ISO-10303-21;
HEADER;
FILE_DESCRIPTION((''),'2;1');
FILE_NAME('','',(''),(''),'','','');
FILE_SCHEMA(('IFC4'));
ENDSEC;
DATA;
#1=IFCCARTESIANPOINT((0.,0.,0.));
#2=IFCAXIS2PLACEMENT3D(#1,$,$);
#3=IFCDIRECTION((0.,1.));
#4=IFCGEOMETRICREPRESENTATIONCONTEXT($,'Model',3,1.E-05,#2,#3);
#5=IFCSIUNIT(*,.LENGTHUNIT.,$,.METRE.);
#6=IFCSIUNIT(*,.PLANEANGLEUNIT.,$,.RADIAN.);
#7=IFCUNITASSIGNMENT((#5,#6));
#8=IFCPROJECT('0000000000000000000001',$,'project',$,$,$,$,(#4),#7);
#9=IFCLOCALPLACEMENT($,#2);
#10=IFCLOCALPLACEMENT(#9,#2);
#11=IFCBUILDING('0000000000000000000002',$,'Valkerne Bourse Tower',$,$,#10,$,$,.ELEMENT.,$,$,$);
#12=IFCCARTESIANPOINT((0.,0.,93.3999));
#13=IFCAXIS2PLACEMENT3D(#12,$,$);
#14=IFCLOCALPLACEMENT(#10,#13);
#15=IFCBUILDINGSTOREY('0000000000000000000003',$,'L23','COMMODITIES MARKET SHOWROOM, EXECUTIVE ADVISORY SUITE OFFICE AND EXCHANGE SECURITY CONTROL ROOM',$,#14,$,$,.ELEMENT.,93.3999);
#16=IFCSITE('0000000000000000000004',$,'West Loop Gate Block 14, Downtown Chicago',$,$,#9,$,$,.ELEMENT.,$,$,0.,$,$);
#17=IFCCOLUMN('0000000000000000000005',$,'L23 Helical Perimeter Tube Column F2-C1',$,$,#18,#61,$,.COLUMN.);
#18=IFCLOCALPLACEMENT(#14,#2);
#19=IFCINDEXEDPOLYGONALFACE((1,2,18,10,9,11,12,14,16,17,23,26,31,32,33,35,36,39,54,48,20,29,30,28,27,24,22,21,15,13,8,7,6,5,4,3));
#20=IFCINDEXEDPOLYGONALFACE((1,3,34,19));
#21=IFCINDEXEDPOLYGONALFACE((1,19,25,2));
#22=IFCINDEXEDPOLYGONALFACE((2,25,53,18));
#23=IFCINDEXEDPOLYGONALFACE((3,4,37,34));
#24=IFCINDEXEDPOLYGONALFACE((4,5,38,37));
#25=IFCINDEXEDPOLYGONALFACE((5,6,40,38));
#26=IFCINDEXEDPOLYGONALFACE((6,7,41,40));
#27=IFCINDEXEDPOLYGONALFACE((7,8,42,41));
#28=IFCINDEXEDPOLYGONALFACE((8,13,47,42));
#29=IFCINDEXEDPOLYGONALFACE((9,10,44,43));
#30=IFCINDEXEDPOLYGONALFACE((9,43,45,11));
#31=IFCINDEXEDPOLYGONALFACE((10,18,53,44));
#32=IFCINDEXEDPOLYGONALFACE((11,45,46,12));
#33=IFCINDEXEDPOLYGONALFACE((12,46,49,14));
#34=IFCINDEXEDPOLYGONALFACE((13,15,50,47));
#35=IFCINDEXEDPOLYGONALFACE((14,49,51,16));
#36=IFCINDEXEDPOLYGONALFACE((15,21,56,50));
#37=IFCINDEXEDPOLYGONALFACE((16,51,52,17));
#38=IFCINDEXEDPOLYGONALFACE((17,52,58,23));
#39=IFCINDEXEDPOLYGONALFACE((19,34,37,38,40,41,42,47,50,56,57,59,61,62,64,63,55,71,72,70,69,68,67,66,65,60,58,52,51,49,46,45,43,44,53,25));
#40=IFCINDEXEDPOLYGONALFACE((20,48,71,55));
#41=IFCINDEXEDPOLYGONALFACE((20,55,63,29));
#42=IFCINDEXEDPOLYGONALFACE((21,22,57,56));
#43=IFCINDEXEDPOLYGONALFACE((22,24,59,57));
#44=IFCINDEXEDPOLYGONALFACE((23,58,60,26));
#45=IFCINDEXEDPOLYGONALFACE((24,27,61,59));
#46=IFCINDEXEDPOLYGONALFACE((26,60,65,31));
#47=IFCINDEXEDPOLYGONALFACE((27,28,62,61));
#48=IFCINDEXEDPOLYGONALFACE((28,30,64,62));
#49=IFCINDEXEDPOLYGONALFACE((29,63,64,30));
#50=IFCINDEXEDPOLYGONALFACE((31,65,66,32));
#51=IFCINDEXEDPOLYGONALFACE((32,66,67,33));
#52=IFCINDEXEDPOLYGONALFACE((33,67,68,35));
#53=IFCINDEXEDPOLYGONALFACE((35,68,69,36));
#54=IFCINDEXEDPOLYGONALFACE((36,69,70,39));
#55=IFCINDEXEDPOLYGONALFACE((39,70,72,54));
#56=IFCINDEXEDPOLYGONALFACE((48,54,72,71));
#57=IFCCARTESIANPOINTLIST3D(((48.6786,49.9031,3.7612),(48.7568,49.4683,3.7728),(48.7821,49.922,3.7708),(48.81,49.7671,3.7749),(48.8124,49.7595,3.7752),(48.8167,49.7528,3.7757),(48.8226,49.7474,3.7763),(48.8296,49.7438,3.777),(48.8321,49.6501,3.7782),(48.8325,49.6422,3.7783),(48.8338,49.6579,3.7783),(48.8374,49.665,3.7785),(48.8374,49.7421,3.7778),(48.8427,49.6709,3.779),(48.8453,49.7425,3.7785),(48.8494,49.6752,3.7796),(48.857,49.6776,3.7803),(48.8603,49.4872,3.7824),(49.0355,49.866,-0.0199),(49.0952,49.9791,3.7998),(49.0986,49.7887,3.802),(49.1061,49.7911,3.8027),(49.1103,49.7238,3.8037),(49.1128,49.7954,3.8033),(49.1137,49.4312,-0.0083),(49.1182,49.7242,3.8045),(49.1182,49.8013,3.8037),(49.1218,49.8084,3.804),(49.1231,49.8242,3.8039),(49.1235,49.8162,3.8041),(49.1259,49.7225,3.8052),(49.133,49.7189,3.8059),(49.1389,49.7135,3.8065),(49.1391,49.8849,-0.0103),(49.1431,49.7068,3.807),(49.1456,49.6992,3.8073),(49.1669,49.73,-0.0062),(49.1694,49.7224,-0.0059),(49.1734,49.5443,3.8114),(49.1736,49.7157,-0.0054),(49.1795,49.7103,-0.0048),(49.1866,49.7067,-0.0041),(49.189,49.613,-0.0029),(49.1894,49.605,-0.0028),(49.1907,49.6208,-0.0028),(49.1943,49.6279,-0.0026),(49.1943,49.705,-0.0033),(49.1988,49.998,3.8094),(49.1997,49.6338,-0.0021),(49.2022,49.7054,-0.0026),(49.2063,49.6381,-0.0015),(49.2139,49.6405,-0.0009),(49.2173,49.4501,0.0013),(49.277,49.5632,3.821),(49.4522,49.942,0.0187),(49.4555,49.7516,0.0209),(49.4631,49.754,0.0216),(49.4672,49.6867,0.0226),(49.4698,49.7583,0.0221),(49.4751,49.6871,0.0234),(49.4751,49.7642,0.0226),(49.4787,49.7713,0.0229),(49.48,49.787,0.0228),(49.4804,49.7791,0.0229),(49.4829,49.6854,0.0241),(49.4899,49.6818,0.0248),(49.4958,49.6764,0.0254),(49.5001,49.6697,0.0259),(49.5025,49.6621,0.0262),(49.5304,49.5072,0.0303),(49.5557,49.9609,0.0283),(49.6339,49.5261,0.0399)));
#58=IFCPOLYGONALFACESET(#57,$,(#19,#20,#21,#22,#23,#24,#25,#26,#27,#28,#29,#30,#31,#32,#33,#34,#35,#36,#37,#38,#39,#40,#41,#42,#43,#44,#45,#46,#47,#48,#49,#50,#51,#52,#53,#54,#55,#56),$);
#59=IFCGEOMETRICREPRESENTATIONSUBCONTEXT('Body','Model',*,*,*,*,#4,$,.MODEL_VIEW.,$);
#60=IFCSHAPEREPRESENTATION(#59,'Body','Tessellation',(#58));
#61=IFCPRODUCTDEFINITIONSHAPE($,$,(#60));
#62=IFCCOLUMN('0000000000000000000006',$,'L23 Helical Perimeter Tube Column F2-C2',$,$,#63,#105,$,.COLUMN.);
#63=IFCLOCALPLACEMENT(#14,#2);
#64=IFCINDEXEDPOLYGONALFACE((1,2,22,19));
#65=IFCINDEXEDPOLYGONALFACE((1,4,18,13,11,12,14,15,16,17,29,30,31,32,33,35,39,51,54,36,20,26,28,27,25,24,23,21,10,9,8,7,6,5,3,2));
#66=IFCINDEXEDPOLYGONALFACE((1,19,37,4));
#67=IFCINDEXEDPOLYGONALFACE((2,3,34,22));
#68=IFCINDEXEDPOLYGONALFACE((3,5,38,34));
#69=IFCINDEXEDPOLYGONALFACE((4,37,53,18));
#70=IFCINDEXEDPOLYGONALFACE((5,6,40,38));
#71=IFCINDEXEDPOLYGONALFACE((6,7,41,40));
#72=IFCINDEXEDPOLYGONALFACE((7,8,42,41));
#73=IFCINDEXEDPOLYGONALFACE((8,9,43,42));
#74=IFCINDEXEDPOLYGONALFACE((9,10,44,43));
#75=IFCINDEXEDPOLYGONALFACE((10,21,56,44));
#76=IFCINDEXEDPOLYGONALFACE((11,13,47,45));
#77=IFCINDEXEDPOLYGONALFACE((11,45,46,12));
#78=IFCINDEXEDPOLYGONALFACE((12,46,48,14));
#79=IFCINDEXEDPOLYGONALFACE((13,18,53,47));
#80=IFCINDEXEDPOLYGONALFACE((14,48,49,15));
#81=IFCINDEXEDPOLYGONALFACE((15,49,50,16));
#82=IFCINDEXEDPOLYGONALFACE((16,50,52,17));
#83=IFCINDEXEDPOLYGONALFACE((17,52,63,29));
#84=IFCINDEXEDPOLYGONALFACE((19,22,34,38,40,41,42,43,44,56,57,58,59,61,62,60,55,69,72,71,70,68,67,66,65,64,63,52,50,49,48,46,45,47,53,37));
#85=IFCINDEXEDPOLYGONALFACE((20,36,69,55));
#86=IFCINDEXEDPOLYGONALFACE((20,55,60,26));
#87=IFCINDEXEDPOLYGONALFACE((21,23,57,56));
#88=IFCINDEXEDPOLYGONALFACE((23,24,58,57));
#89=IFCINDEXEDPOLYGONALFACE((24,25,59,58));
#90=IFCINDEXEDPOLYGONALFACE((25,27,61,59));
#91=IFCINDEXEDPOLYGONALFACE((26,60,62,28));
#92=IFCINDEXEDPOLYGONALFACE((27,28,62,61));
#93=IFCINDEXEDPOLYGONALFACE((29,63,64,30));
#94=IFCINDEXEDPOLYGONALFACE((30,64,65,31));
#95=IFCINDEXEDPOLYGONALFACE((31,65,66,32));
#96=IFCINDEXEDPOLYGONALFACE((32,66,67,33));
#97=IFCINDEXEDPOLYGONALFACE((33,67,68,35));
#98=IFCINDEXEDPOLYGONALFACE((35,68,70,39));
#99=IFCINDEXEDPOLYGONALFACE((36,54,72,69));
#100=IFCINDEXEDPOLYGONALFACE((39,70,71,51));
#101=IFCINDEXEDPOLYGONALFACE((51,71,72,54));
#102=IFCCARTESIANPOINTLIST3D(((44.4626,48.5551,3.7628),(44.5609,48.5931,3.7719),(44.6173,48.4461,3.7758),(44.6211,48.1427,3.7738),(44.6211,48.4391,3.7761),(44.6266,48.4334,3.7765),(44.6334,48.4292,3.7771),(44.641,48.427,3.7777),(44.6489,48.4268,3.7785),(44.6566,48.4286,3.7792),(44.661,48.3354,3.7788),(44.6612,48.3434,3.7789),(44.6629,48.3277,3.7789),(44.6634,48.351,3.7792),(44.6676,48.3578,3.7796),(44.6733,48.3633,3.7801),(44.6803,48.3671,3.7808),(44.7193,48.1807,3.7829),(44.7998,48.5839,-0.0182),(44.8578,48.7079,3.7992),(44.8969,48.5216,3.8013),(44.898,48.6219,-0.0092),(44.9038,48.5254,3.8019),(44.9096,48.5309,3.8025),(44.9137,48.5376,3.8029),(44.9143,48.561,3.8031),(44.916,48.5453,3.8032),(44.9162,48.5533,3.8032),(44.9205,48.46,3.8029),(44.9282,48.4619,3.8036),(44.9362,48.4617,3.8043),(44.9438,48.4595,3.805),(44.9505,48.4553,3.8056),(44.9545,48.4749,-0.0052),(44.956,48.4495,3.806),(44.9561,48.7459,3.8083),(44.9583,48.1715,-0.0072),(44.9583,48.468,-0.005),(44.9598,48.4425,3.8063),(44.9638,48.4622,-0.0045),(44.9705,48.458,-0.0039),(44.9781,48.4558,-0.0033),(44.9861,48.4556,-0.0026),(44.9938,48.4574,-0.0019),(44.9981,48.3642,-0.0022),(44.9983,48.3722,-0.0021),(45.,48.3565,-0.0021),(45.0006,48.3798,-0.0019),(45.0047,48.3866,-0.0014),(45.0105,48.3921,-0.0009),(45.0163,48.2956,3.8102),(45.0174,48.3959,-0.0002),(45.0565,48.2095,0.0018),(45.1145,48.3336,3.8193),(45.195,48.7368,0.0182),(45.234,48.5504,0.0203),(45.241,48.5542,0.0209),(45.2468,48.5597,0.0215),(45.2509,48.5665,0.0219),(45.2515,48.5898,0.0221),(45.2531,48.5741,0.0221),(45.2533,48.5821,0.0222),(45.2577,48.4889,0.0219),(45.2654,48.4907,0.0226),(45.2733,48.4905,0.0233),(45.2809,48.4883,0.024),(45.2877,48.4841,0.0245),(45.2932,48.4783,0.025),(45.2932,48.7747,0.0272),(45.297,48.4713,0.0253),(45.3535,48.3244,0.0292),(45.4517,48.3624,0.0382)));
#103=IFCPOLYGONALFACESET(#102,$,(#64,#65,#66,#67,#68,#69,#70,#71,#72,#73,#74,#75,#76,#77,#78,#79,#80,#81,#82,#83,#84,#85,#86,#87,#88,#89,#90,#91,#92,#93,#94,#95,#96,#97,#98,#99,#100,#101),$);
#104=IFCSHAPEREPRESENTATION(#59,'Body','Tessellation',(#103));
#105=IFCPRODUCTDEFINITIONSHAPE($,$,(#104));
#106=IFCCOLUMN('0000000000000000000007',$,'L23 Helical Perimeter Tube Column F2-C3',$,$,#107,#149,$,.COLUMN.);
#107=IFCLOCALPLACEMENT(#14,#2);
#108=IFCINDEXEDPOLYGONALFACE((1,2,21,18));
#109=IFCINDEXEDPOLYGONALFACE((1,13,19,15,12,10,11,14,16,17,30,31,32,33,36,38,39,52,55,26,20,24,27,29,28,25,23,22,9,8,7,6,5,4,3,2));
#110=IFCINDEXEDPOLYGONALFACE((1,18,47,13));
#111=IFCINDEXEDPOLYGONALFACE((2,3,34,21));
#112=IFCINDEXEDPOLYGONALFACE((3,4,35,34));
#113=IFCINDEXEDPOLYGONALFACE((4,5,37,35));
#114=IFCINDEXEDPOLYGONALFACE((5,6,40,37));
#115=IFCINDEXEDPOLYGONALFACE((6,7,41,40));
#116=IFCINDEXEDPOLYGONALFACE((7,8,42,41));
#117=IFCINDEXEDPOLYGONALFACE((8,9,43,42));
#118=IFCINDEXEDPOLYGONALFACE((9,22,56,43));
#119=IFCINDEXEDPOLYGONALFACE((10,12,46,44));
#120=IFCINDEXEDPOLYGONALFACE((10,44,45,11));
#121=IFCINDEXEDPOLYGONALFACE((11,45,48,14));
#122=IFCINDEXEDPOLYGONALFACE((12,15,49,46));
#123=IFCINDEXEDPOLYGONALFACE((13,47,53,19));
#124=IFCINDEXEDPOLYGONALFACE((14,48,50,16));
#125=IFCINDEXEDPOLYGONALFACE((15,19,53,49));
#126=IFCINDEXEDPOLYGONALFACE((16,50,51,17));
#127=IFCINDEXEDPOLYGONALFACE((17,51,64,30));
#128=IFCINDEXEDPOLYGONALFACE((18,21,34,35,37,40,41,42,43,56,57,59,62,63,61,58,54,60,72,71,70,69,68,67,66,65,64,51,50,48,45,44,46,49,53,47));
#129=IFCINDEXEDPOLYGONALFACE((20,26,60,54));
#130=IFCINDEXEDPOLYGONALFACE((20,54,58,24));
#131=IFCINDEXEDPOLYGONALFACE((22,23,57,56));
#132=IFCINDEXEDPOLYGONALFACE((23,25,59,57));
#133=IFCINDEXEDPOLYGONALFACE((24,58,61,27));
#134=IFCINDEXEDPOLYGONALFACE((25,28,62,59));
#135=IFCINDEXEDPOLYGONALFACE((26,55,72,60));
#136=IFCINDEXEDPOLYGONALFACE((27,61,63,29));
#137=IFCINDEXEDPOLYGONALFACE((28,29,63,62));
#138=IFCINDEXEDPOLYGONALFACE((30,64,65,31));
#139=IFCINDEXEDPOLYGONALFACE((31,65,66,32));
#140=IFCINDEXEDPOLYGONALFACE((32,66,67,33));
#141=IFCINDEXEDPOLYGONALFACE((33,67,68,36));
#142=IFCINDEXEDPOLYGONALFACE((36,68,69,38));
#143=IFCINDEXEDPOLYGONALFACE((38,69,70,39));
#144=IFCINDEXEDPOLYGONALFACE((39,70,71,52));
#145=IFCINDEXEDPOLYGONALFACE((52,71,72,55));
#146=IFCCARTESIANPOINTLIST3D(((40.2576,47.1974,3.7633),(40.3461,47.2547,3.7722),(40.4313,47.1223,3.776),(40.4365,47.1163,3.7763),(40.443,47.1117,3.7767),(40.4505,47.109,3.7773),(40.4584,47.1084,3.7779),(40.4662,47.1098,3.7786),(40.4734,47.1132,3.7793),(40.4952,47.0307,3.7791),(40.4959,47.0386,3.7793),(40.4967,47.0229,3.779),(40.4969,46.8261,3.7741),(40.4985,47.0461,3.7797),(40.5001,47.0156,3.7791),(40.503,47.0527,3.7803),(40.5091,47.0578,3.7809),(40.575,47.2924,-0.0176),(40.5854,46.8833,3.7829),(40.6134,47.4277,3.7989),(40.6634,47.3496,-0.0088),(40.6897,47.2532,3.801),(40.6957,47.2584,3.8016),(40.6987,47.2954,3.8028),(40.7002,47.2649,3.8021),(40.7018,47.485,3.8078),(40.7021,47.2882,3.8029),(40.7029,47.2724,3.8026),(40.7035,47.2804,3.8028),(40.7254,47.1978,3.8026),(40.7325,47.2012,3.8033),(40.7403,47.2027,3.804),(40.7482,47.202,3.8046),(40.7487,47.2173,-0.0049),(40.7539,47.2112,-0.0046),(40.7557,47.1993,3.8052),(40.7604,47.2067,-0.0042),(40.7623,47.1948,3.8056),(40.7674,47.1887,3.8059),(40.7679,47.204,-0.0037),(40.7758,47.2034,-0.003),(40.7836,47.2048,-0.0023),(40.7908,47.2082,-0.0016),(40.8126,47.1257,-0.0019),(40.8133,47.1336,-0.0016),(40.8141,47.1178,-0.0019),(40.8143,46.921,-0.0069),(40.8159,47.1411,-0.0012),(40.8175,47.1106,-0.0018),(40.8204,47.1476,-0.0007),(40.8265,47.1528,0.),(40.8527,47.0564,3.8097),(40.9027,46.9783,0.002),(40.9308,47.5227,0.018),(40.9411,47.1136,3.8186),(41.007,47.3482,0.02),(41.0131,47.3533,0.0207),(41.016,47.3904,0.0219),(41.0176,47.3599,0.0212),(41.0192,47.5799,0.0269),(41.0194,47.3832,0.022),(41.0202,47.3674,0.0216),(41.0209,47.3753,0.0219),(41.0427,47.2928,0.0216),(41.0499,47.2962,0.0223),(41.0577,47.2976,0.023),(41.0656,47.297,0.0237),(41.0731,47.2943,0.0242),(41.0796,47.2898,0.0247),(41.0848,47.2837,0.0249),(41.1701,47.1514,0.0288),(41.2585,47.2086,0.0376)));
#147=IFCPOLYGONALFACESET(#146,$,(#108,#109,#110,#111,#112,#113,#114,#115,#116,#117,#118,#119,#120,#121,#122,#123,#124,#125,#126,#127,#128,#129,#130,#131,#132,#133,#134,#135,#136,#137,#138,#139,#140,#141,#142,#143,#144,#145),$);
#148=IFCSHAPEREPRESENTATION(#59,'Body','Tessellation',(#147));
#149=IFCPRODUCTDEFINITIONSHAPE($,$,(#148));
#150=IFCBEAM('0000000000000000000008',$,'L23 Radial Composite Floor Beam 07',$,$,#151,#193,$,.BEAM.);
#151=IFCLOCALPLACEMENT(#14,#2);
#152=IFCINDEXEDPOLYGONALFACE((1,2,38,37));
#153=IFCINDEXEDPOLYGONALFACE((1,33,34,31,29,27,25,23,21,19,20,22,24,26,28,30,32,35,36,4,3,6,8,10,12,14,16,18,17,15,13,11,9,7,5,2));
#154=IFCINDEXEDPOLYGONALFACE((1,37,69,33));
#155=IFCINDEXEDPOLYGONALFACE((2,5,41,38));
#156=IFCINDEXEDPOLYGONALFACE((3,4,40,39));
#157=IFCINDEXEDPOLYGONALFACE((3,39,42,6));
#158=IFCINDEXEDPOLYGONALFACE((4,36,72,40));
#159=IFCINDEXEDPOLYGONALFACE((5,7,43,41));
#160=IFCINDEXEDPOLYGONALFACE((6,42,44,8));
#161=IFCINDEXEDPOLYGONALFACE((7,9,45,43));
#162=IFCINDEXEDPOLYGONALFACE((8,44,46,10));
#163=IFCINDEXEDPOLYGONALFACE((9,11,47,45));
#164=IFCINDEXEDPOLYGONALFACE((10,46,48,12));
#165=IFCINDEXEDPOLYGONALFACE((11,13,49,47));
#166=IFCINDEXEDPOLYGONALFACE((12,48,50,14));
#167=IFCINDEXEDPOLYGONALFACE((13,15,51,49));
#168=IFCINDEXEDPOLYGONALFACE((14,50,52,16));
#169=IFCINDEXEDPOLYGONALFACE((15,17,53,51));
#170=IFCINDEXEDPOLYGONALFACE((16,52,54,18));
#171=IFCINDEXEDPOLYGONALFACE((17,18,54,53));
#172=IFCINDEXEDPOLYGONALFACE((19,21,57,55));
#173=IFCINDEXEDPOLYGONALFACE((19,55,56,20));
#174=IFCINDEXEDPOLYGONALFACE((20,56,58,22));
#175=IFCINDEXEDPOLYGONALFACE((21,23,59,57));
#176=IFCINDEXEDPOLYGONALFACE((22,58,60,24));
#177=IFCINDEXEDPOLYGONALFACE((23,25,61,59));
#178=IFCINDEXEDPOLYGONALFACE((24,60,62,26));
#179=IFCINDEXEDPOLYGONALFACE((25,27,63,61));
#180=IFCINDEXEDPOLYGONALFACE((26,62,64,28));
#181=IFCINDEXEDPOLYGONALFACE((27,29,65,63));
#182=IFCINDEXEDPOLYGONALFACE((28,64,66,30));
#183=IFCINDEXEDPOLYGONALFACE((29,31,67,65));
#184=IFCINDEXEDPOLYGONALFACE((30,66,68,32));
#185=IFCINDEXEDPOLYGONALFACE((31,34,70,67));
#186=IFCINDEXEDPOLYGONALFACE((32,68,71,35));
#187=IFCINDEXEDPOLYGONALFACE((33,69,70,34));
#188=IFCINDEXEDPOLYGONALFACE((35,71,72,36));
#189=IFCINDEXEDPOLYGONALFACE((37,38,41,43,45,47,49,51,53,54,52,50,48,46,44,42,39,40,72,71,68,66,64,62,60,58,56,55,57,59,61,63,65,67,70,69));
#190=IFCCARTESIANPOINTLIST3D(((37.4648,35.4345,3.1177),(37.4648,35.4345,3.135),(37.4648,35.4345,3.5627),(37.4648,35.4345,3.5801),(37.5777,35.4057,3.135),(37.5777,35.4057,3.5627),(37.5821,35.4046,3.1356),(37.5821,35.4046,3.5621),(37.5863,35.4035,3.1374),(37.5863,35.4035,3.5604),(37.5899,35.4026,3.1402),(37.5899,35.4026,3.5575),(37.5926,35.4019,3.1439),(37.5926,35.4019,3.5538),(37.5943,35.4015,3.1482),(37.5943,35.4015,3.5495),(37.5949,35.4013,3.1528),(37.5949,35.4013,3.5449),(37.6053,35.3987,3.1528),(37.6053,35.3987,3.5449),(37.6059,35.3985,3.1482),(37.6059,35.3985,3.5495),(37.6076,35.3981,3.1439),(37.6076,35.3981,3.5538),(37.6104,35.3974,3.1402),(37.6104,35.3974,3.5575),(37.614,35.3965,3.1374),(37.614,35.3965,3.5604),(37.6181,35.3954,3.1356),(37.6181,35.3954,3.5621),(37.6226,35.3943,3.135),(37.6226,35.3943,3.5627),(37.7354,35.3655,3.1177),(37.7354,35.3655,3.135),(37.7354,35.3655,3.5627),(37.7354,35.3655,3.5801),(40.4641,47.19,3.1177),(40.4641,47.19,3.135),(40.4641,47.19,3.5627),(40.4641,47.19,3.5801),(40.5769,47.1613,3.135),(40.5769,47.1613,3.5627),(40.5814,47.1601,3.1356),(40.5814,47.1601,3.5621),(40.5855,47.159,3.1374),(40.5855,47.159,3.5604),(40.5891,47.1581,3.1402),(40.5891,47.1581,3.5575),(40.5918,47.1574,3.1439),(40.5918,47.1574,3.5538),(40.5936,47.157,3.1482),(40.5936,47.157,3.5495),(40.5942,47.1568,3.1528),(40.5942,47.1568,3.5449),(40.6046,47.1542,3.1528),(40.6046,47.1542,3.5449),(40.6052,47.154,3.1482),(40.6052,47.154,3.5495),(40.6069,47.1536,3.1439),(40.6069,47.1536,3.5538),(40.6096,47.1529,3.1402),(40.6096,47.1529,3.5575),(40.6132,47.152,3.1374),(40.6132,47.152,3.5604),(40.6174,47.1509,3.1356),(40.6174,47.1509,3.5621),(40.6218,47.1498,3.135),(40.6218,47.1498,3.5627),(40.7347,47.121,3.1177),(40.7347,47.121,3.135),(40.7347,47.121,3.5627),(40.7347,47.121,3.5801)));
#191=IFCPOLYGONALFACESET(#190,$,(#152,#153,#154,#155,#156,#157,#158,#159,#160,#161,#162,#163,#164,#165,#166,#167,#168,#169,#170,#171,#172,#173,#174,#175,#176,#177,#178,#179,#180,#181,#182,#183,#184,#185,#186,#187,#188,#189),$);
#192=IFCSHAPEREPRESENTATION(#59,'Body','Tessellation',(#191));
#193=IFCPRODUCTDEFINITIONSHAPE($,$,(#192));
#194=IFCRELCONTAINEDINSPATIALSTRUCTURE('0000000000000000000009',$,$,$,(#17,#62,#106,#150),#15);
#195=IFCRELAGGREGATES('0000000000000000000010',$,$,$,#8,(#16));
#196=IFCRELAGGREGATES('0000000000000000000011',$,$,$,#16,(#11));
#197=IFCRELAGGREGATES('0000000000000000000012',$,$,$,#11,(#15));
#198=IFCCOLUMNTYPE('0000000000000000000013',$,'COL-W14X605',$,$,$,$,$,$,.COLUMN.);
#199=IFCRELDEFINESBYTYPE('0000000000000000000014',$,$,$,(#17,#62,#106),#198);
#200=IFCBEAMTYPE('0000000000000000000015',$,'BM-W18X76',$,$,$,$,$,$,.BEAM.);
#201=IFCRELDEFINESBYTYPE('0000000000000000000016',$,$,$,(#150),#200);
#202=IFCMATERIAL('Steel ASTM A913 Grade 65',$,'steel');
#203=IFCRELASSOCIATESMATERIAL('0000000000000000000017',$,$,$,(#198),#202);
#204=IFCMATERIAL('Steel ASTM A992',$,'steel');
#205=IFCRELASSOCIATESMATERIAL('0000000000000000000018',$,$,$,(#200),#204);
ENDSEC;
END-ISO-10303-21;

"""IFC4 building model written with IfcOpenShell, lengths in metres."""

from ifc_helpers import new_model, si_unit, direction, frame, origin, origin_2d, place, context, subcontext, project, spatial, i_section, extrude, material, material_profile, profile_set, type_object, element, save


model = new_model("IFC4")

# Units and contexts
model_context = context("Model", 3, precision=1e-05, world=origin(), true_north=direction((0.0, 1.0)))
body_context = subcontext(model_context, "Body", "Model", "MODEL_VIEW")
ifc_project = project(units=[si_unit("LENGTHUNIT", "METRE"), si_unit("PLANEANGLEUNIT", "RADIAN")], contexts=[model_context])

# Site, building, storey
site_placement = place(None, origin())
site = spatial("IfcSite", under=ifc_project, at=site_placement, Name="West Loop Gate Block 14, Downtown Chicago", CompositionType="ELEMENT", RefElevation=0.0)
building_placement = place(site_placement, origin())
building = spatial("IfcBuilding", under=site, at=building_placement, Name="Valkerne Bourse Tower", CompositionType="ELEMENT")
storey_placement = place(building_placement, frame((0.0, 0.0, 93.3999)))
storey = spatial("IfcBuildingStorey", under=building, at=storey_placement, Name="L23", Description="COMMODITIES MARKET SHOWROOM, EXECUTIVE ADVISORY SUITE OFFICE AND EXCHANGE SECURITY CONTROL ROOM", CompositionType="ELEMENT", Elevation=93.3999)

# Columns
ifc_material_1 = material(Name="Steel ASTM A913 Grade 65", Category="steel")
ifc_material_profile_1 = material_profile(ifc_material_1, i_section(OverallWidth=0.4419, OverallDepth=0.531, WebThickness=0.0659, FlangeThickness=0.1057, FilletRadius=0.0305, at=origin_2d()), Name="W14X605")
ifc_profile_set_1 = profile_set([ifc_material_profile_1], Name="Steel ASTM A913 Grade 65")
column_type = type_object("IfcColumnType", Name="COL-W14X605", PredefinedType="COLUMN", material=ifc_profile_set_1)
column_1_placement = place(storey_placement, frame((49.3347, 49.696, 0.01), z_axis=(-0.093979, 0.009771, 0.995526), x_axis=(-0.17695, 0.983867, -0.026361)))
element("IfcColumn", 1, at=column_1_placement, inside=storey, type_object=column_type, Name="L23 Helical Perimeter Tube Column F2-C1", PredefinedType="COLUMN", context=body_context, shape_type="SweptSolid", body=[
    extrude(i_section(OverallWidth=0.4419, OverallDepth=0.531, WebThickness=0.0659, FlangeThickness=0.1057, FilletRadius=0.0305, at=origin_2d()), origin(), (0.0, 0.0, 1.0), 3.7981),
])
column_2_placement = place(storey_placement, frame((45.1257, 48.4731, 0.01), z_axis=(-0.088817, -0.007589, 0.996019), x_axis=(-0.358626, 0.93315, -0.024869)))
element("IfcColumn", 2, at=column_2_placement, inside=storey, type_object=column_type, Name="L23 Helical Perimeter Tube Column F2-C2", PredefinedType="COLUMN", context=body_context, shape_type="SweptSolid", body=[
    extrude(i_section(OverallWidth=0.4419, OverallDepth=0.531, WebThickness=0.0659, FlangeThickness=0.1057, FilletRadius=0.0305, at=origin_2d()), origin(), (0.0, 0.0, 1.0), 3.7961),
])
column_3_placement = place(storey_placement, frame((40.9167, 47.2505, 0.01), z_axis=(-0.083621, -0.025022, 0.996183), x_axis=(-0.54155, 0.840315, -0.024352)))
element("IfcColumn", 3, at=column_3_placement, inside=storey, type_object=column_type, Name="L23 Helical Perimeter Tube Column F2-C3", PredefinedType="COLUMN", context=body_context, shape_type="SweptSolid", body=[
    extrude(i_section(OverallWidth=0.4419, OverallDepth=0.531, WebThickness=0.0659, FlangeThickness=0.1057, FilletRadius=0.0305, at=origin_2d()), origin(), (0.0, 0.0, 1.0), 3.7954),
])

# Beam
ifc_material_2 = material(Name="Steel ASTM A992", Category="steel")
ifc_material_profile_2 = material_profile(ifc_material_2, i_section(OverallWidth=0.2793, OverallDepth=0.4624, WebThickness=0.0107, FlangeThickness=0.0173, FilletRadius=0.0178, at=origin_2d()), Name="W18X76")
ifc_profile_set_2 = profile_set([ifc_material_profile_2], Name="Steel ASTM A992")
beam_type_1 = type_object("IfcBeamType", Name="BM-W18X76", PredefinedType="BEAM", material=ifc_profile_set_2)
beam_1_placement = place(storey_placement, frame((40.5994, 47.1555, 3.3489), z_axis=(-0.247216, -0.96896, 0.0), x_axis=(0.96896, -0.247216, 0.0)))
element("IfcBeam", 4, at=beam_1_placement, inside=storey, type_object=beam_type_1, Name="L23 Radial Composite Floor Beam 07", PredefinedType="BEAM", context=body_context, shape_type="SweptSolid", body=[
    extrude(i_section(OverallWidth=0.2793, OverallDepth=0.4624, WebThickness=0.0107, FlangeThickness=0.0173, FilletRadius=0.0178, at=origin_2d()), origin(), (0.0, 0.0, 1.0), 12.1321),
])

save(model, "model.ifc")
